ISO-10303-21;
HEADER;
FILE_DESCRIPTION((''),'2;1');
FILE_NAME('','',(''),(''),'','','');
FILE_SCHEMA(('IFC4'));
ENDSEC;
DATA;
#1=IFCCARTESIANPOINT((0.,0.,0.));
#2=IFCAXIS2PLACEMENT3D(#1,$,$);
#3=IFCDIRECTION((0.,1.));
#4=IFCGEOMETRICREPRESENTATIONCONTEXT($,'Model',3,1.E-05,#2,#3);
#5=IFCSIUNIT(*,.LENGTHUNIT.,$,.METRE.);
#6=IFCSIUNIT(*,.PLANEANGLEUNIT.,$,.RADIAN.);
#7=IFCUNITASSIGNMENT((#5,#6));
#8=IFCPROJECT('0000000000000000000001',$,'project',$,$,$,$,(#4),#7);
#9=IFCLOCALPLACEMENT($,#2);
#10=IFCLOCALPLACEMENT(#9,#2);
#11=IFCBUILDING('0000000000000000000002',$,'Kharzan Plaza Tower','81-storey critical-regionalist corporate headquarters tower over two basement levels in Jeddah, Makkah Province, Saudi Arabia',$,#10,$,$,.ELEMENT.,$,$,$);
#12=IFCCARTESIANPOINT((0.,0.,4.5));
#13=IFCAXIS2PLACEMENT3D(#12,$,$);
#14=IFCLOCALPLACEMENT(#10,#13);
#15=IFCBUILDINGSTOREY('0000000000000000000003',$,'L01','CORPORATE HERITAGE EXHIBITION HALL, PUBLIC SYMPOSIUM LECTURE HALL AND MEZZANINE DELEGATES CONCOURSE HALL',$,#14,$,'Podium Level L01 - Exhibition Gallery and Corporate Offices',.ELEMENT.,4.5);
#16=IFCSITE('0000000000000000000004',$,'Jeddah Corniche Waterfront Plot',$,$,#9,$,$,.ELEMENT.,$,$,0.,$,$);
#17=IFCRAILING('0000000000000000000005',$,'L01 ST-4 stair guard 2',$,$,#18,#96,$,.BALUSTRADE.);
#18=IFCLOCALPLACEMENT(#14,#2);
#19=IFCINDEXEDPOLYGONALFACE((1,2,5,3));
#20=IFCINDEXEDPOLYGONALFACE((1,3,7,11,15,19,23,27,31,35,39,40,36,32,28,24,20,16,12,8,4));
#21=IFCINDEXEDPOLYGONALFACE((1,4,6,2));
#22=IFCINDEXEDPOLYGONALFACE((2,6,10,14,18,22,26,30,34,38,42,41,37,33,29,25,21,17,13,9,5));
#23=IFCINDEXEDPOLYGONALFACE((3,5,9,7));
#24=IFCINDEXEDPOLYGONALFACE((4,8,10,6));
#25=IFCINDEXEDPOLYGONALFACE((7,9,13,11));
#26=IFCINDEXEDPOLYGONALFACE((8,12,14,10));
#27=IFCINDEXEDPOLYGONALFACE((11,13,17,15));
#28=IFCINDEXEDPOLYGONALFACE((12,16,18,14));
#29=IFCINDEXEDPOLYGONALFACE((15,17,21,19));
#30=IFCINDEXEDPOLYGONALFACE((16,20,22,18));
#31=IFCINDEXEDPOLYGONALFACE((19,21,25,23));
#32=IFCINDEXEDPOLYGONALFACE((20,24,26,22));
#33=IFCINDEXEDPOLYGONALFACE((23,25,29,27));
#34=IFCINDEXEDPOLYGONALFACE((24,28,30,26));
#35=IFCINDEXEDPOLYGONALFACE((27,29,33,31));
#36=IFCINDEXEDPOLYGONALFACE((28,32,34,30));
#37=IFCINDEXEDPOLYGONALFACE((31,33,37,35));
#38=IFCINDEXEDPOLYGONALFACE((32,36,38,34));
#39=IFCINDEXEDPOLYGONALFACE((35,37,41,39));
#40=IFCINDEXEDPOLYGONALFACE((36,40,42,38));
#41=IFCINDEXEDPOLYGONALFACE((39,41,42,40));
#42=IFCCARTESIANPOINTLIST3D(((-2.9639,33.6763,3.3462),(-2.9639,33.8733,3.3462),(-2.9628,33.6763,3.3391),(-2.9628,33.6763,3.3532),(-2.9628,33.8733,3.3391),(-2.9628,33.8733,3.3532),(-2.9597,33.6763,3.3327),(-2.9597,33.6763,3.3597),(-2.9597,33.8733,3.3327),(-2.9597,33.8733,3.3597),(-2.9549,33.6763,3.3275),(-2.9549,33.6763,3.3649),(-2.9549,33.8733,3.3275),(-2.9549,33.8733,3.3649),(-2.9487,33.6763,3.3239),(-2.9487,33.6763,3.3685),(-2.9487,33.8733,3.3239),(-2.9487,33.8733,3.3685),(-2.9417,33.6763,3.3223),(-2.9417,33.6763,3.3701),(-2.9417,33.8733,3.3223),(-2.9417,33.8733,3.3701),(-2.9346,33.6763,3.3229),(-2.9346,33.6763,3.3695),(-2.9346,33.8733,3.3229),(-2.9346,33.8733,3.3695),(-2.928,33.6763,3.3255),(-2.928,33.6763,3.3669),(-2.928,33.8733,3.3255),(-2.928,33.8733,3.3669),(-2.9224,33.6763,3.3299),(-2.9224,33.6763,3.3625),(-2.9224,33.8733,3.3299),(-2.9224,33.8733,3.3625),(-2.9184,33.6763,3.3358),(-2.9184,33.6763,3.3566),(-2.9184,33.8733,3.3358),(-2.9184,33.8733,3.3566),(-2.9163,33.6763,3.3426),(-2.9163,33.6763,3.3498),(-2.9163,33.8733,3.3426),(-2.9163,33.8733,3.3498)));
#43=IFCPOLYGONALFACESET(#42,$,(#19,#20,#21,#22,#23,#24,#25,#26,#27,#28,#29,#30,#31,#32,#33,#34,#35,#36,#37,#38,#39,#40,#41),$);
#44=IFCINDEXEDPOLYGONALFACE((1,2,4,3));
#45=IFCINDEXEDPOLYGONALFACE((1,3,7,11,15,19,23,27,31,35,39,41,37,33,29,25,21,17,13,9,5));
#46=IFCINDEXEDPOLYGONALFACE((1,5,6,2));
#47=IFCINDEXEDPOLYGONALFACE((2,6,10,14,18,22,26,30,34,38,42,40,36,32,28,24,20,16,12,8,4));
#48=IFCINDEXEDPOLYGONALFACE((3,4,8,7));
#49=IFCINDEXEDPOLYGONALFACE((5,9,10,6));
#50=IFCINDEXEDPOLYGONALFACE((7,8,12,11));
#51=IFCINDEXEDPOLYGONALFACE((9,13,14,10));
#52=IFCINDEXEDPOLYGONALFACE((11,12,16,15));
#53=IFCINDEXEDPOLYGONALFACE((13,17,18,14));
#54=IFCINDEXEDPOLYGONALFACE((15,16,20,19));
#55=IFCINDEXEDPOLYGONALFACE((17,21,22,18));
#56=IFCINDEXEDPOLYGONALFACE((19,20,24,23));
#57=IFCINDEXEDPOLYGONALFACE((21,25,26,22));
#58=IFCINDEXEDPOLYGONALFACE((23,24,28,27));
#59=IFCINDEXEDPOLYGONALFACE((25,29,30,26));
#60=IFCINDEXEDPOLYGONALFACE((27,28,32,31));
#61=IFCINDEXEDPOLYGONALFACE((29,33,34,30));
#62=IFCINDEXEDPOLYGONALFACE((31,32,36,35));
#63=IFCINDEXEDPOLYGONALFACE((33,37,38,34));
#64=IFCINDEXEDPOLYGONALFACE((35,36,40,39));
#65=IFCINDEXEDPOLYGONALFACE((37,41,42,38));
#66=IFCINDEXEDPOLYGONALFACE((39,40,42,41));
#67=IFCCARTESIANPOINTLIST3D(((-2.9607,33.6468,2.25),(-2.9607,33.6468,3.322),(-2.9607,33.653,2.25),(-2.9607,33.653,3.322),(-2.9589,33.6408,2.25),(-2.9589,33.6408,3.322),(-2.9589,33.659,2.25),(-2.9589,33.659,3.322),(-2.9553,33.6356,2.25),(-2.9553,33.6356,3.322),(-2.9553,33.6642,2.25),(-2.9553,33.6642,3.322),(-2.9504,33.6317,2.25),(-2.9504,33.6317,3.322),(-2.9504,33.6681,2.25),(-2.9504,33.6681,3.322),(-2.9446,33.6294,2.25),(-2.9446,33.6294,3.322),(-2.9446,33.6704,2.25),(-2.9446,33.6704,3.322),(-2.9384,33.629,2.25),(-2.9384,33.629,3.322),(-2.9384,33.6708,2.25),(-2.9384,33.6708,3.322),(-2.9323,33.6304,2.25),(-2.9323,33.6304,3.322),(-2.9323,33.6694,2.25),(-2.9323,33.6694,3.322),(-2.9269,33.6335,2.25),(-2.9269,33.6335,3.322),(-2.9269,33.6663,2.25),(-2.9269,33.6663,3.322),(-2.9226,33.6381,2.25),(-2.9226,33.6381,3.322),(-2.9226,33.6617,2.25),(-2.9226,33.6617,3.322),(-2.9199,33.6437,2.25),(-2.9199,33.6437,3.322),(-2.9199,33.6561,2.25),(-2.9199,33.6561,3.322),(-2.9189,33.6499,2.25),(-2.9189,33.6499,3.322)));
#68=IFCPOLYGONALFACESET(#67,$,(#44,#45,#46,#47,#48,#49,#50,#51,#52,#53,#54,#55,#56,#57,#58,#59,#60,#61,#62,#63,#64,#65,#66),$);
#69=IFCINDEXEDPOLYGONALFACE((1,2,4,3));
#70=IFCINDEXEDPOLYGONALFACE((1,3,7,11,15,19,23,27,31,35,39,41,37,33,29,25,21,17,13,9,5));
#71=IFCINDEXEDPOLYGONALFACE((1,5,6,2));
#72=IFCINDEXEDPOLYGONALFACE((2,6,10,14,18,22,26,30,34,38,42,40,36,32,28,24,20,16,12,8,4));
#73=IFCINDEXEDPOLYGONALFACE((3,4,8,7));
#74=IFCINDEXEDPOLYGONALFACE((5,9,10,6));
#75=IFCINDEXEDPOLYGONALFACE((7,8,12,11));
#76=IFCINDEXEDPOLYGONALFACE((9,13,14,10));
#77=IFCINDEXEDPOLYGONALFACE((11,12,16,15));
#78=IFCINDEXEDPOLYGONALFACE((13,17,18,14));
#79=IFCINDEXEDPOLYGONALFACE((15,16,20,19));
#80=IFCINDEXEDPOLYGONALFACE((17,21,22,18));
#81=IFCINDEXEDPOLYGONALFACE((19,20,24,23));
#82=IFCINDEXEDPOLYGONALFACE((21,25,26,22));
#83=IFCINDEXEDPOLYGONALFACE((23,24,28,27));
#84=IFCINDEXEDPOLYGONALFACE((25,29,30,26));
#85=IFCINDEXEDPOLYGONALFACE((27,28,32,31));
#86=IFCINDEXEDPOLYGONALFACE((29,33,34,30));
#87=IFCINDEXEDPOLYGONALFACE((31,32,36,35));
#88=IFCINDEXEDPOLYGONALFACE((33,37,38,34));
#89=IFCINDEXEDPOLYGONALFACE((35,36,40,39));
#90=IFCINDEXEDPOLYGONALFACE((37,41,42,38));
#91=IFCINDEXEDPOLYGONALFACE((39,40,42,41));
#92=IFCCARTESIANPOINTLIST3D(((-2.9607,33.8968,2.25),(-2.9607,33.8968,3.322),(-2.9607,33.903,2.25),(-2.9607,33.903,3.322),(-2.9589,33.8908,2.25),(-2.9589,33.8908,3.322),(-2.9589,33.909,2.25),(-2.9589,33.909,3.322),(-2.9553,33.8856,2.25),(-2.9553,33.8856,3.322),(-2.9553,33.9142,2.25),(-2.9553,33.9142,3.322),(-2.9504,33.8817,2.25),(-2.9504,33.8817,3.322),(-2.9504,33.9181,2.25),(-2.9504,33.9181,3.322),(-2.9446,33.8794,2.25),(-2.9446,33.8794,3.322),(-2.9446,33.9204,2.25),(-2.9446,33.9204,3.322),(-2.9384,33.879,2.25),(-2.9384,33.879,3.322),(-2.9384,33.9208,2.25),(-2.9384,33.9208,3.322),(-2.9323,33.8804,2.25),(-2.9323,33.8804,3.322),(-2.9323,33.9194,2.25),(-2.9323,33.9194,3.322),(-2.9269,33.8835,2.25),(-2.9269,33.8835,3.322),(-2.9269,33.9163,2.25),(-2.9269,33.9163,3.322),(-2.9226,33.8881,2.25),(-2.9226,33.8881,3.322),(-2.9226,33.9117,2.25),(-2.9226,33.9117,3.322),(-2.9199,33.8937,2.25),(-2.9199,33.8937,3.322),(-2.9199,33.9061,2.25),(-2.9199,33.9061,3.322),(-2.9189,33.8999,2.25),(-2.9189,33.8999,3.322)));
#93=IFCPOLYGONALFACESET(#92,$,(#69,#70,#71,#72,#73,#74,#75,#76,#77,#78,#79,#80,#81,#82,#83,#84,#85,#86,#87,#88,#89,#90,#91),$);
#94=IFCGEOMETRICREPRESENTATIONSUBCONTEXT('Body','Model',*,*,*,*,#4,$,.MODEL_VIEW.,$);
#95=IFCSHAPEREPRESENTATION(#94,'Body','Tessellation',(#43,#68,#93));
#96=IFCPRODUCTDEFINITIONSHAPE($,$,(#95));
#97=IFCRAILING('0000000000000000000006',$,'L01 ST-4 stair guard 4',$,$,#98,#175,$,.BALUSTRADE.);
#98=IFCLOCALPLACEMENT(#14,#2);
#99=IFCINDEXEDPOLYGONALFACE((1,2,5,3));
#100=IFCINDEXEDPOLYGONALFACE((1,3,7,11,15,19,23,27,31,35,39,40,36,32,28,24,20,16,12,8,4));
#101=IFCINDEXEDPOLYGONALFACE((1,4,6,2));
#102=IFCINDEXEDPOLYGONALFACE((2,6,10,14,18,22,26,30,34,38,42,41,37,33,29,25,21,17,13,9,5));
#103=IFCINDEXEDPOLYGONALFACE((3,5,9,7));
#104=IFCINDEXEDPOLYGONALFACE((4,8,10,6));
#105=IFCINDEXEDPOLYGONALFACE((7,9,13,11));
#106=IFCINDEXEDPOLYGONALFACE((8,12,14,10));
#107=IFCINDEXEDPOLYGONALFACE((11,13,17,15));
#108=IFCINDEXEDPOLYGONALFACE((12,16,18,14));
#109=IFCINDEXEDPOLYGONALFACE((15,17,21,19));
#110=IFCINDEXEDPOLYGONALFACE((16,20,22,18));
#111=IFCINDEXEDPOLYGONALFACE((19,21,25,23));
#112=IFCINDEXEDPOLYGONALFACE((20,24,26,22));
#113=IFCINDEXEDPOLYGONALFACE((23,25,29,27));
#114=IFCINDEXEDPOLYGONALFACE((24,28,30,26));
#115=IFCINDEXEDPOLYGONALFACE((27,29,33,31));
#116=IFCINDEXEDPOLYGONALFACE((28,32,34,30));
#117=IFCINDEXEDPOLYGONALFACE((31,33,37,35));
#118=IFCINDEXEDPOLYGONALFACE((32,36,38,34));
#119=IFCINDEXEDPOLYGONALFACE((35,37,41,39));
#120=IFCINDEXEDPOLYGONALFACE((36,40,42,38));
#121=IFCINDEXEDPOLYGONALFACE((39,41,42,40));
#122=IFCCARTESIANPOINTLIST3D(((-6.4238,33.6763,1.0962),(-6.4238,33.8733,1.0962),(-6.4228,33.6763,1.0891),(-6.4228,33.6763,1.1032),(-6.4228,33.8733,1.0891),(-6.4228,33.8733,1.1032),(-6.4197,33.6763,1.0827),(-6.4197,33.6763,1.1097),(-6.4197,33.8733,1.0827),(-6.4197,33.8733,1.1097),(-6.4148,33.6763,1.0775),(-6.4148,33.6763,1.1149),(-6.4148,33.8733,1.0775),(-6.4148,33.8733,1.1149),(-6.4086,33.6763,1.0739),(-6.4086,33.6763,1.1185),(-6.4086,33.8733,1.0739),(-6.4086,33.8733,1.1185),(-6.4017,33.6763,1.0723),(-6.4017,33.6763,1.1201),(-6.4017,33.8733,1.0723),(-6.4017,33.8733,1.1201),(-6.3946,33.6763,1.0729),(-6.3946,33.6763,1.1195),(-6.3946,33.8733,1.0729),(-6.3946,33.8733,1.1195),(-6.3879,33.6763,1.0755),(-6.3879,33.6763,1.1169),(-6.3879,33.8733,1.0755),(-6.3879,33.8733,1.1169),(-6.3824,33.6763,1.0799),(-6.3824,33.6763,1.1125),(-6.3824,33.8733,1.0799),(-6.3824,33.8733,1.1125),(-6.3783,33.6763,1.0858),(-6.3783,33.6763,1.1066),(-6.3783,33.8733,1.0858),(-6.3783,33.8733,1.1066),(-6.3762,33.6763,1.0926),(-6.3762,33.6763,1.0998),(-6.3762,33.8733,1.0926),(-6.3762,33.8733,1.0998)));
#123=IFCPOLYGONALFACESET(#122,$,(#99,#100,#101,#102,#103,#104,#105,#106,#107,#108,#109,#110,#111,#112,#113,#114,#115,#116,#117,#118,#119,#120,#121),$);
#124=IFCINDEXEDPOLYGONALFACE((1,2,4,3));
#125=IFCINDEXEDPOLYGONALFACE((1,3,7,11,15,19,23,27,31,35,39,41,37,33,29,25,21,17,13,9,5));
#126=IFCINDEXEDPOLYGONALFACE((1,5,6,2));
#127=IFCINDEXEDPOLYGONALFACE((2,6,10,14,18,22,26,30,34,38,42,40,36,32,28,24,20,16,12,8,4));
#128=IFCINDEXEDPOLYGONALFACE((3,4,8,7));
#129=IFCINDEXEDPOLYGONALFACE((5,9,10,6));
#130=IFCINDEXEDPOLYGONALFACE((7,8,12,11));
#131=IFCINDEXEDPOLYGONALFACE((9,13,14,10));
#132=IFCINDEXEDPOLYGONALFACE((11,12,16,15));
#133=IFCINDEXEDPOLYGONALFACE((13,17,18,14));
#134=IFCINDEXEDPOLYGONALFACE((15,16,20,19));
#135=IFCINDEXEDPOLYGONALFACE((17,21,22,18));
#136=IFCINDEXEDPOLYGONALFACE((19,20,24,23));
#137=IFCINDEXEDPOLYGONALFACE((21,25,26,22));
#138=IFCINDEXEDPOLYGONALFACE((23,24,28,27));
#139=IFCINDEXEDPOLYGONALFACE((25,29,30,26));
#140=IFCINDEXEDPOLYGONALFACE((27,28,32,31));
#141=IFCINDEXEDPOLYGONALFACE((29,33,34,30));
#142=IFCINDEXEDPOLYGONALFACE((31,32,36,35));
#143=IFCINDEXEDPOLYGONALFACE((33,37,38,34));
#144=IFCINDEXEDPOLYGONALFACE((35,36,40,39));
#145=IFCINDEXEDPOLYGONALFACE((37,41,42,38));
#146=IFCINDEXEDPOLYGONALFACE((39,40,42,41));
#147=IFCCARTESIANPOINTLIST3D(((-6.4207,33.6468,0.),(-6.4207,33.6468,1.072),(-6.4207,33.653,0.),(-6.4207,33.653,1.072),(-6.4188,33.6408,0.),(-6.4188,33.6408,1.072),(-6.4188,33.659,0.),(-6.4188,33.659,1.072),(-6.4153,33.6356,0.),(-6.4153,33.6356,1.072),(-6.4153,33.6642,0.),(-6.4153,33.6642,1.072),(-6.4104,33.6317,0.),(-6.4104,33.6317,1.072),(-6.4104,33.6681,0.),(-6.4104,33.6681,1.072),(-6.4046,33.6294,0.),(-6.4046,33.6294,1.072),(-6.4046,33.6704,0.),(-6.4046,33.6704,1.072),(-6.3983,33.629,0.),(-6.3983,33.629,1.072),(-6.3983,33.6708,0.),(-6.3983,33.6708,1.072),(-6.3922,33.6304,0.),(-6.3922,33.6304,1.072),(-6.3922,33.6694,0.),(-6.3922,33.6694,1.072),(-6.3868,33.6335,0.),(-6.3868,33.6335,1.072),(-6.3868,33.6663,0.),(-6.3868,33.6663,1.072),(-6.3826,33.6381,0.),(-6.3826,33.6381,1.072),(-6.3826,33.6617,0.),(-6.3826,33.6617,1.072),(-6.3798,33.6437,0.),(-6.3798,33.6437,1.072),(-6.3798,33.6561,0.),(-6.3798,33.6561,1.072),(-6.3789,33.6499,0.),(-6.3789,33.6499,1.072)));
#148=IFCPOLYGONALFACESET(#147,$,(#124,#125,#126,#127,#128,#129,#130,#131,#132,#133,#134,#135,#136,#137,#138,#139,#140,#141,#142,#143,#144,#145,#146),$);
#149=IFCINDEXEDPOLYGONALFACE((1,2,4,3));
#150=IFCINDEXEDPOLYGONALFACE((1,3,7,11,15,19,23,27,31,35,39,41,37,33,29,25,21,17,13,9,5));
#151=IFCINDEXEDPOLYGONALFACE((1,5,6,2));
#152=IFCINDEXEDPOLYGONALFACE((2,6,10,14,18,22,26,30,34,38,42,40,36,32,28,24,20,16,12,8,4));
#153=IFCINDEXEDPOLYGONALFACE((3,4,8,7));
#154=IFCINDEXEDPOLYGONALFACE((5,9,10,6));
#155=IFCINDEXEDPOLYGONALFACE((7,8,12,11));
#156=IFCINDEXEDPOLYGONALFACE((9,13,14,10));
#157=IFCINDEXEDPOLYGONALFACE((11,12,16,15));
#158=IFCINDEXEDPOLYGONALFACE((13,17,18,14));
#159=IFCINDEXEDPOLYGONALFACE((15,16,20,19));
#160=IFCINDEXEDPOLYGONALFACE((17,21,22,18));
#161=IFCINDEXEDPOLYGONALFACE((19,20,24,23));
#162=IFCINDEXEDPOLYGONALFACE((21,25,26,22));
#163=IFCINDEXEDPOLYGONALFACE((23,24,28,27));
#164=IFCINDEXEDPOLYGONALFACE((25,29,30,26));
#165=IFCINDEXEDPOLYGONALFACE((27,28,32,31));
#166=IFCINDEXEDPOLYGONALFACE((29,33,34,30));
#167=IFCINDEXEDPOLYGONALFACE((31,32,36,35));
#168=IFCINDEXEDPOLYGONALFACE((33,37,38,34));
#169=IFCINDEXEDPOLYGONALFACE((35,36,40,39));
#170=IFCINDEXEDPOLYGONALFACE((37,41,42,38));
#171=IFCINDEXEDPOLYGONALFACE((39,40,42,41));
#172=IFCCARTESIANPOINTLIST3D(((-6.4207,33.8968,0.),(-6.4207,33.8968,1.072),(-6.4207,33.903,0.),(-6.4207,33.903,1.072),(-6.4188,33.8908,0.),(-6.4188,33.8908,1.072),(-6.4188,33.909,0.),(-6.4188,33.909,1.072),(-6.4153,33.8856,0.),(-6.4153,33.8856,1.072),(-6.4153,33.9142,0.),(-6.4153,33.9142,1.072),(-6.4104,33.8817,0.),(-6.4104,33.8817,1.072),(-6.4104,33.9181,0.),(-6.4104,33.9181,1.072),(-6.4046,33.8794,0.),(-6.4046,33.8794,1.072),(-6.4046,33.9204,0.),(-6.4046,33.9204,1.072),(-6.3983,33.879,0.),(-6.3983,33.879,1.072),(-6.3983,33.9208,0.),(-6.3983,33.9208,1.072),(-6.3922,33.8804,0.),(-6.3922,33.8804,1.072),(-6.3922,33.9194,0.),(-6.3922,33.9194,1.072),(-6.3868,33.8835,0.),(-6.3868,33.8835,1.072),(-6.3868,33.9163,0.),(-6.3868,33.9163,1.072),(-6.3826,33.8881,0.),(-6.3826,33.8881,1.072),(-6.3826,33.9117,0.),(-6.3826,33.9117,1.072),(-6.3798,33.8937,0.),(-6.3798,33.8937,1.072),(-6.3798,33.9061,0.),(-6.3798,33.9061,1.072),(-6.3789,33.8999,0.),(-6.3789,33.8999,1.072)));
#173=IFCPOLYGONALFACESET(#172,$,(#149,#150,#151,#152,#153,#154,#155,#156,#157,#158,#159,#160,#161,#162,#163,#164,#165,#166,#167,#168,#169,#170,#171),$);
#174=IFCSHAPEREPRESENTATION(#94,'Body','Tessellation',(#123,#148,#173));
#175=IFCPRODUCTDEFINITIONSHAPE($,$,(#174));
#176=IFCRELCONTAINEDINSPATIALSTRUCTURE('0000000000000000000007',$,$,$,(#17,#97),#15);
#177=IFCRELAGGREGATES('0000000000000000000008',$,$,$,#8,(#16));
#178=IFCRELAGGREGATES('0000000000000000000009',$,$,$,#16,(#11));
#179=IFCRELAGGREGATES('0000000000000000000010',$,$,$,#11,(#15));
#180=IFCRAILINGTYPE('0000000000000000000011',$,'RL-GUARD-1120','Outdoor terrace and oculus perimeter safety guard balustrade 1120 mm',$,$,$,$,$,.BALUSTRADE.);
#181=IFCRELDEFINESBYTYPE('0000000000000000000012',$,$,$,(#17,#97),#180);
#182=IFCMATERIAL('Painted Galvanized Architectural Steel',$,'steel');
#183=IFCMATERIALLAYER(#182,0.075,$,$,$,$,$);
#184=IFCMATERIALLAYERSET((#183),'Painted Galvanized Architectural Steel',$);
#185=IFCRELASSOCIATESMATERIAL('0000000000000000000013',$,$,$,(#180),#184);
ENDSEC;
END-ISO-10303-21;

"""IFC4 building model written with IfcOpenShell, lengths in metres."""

from ifc_helpers import new_model, si_unit, direction, frame, origin, origin_2d, place, context, subcontext, project, spatial, circle, extrude, source, transform, mapped, material, layer, layer_set, type_object, element, save


model = new_model("IFC4")

# Units and contexts
model_context = context("Model", 3, precision=1e-05, world=origin(), true_north=direction((0.0, 1.0)))
body_context = subcontext(model_context, "Body", "Model", "MODEL_VIEW")
ifc_project = project(units=[si_unit("LENGTHUNIT", "METRE"), si_unit("PLANEANGLEUNIT", "RADIAN")], contexts=[model_context])

# Site, building, storey
site_placement = place(None, origin())
site = spatial("IfcSite", under=ifc_project, at=site_placement, Name="Jeddah Corniche Waterfront Plot", CompositionType="ELEMENT", RefElevation=0.0)
building_placement = place(site_placement, origin())
building = spatial("IfcBuilding", under=site, at=building_placement, Name="Kharzan Plaza Tower", Description="81-storey critical-regionalist corporate headquarters tower over two basement levels in Jeddah, Makkah Province, Saudi Arabia", CompositionType="ELEMENT")
storey_placement = place(building_placement, frame((0.0, 0.0, 4.5)))
storey = spatial("IfcBuildingStorey", under=building, at=storey_placement, Name="L01", Description="CORPORATE HERITAGE EXHIBITION HALL, PUBLIC SYMPOSIUM LECTURE HALL AND MEZZANINE DELEGATES CONCOURSE HALL", LongName="Podium Level L01 - Exhibition Gallery and Corporate Offices", CompositionType="ELEMENT", Elevation=4.5)

# Railings
ifc_material_1 = material(Name="Painted Galvanized Architectural Steel", Category="steel")
ifc_layer_1 = layer(ifc_material_1, 0.075)
ifc_layer_set_1 = layer_set([ifc_layer_1], Name="Painted Galvanized Architectural Steel")
railing_type_1 = type_object("IfcRailingType", Name="RL-GUARD-1120", Description="Outdoor terrace and oculus perimeter safety guard balustrade 1120 mm", PredefinedType="BALUSTRADE", material=ifc_layer_set_1)
shared_shape_1 = source(origin(), body_context, "Body", "SweptSolid", [
    extrude(circle(Radius=0.0239, at=origin_2d()), frame((0.0, 0.0264, 1.0962), z_axis=(0.0, 1.0, 0.0), x_axis=(-1.0, 0.0, 0.0)), (0.0, 0.0, 1.0), 0.197),
    extrude(circle(Radius=0.021, at=origin_2d()), origin(), (0.0, 0.0, 1.0), 1.072),
    extrude(circle(Radius=0.021, at=origin_2d()), frame((0.0, 0.25, 0.0)), (0.0, 0.0, 1.0), 1.072),
])
for number, where, name in (
    (1, (-2.9399, 33.6499, 2.25), "L01 ST-4 stair guard 2"),
    (2, (-6.3999, 33.6499, 0.0), "L01 ST-4 stair guard 4"),
):
    element("IfcRailing", number, at=place(storey_placement, frame(where)), inside=storey, type_object=railing_type_1, Name=name, PredefinedType="BALUSTRADE", context=body_context, shape_type="MappedRepresentation", body=[
        mapped(shared_shape_1, transform((0.0, 0.0, 0.0), x_axis=(1.0, 0.0, 0.0), y_axis=(0.0, 1.0, 0.0), z_axis=(0.0, 0.0, 1.0))),
    ])

save(model, "model.ifc")
